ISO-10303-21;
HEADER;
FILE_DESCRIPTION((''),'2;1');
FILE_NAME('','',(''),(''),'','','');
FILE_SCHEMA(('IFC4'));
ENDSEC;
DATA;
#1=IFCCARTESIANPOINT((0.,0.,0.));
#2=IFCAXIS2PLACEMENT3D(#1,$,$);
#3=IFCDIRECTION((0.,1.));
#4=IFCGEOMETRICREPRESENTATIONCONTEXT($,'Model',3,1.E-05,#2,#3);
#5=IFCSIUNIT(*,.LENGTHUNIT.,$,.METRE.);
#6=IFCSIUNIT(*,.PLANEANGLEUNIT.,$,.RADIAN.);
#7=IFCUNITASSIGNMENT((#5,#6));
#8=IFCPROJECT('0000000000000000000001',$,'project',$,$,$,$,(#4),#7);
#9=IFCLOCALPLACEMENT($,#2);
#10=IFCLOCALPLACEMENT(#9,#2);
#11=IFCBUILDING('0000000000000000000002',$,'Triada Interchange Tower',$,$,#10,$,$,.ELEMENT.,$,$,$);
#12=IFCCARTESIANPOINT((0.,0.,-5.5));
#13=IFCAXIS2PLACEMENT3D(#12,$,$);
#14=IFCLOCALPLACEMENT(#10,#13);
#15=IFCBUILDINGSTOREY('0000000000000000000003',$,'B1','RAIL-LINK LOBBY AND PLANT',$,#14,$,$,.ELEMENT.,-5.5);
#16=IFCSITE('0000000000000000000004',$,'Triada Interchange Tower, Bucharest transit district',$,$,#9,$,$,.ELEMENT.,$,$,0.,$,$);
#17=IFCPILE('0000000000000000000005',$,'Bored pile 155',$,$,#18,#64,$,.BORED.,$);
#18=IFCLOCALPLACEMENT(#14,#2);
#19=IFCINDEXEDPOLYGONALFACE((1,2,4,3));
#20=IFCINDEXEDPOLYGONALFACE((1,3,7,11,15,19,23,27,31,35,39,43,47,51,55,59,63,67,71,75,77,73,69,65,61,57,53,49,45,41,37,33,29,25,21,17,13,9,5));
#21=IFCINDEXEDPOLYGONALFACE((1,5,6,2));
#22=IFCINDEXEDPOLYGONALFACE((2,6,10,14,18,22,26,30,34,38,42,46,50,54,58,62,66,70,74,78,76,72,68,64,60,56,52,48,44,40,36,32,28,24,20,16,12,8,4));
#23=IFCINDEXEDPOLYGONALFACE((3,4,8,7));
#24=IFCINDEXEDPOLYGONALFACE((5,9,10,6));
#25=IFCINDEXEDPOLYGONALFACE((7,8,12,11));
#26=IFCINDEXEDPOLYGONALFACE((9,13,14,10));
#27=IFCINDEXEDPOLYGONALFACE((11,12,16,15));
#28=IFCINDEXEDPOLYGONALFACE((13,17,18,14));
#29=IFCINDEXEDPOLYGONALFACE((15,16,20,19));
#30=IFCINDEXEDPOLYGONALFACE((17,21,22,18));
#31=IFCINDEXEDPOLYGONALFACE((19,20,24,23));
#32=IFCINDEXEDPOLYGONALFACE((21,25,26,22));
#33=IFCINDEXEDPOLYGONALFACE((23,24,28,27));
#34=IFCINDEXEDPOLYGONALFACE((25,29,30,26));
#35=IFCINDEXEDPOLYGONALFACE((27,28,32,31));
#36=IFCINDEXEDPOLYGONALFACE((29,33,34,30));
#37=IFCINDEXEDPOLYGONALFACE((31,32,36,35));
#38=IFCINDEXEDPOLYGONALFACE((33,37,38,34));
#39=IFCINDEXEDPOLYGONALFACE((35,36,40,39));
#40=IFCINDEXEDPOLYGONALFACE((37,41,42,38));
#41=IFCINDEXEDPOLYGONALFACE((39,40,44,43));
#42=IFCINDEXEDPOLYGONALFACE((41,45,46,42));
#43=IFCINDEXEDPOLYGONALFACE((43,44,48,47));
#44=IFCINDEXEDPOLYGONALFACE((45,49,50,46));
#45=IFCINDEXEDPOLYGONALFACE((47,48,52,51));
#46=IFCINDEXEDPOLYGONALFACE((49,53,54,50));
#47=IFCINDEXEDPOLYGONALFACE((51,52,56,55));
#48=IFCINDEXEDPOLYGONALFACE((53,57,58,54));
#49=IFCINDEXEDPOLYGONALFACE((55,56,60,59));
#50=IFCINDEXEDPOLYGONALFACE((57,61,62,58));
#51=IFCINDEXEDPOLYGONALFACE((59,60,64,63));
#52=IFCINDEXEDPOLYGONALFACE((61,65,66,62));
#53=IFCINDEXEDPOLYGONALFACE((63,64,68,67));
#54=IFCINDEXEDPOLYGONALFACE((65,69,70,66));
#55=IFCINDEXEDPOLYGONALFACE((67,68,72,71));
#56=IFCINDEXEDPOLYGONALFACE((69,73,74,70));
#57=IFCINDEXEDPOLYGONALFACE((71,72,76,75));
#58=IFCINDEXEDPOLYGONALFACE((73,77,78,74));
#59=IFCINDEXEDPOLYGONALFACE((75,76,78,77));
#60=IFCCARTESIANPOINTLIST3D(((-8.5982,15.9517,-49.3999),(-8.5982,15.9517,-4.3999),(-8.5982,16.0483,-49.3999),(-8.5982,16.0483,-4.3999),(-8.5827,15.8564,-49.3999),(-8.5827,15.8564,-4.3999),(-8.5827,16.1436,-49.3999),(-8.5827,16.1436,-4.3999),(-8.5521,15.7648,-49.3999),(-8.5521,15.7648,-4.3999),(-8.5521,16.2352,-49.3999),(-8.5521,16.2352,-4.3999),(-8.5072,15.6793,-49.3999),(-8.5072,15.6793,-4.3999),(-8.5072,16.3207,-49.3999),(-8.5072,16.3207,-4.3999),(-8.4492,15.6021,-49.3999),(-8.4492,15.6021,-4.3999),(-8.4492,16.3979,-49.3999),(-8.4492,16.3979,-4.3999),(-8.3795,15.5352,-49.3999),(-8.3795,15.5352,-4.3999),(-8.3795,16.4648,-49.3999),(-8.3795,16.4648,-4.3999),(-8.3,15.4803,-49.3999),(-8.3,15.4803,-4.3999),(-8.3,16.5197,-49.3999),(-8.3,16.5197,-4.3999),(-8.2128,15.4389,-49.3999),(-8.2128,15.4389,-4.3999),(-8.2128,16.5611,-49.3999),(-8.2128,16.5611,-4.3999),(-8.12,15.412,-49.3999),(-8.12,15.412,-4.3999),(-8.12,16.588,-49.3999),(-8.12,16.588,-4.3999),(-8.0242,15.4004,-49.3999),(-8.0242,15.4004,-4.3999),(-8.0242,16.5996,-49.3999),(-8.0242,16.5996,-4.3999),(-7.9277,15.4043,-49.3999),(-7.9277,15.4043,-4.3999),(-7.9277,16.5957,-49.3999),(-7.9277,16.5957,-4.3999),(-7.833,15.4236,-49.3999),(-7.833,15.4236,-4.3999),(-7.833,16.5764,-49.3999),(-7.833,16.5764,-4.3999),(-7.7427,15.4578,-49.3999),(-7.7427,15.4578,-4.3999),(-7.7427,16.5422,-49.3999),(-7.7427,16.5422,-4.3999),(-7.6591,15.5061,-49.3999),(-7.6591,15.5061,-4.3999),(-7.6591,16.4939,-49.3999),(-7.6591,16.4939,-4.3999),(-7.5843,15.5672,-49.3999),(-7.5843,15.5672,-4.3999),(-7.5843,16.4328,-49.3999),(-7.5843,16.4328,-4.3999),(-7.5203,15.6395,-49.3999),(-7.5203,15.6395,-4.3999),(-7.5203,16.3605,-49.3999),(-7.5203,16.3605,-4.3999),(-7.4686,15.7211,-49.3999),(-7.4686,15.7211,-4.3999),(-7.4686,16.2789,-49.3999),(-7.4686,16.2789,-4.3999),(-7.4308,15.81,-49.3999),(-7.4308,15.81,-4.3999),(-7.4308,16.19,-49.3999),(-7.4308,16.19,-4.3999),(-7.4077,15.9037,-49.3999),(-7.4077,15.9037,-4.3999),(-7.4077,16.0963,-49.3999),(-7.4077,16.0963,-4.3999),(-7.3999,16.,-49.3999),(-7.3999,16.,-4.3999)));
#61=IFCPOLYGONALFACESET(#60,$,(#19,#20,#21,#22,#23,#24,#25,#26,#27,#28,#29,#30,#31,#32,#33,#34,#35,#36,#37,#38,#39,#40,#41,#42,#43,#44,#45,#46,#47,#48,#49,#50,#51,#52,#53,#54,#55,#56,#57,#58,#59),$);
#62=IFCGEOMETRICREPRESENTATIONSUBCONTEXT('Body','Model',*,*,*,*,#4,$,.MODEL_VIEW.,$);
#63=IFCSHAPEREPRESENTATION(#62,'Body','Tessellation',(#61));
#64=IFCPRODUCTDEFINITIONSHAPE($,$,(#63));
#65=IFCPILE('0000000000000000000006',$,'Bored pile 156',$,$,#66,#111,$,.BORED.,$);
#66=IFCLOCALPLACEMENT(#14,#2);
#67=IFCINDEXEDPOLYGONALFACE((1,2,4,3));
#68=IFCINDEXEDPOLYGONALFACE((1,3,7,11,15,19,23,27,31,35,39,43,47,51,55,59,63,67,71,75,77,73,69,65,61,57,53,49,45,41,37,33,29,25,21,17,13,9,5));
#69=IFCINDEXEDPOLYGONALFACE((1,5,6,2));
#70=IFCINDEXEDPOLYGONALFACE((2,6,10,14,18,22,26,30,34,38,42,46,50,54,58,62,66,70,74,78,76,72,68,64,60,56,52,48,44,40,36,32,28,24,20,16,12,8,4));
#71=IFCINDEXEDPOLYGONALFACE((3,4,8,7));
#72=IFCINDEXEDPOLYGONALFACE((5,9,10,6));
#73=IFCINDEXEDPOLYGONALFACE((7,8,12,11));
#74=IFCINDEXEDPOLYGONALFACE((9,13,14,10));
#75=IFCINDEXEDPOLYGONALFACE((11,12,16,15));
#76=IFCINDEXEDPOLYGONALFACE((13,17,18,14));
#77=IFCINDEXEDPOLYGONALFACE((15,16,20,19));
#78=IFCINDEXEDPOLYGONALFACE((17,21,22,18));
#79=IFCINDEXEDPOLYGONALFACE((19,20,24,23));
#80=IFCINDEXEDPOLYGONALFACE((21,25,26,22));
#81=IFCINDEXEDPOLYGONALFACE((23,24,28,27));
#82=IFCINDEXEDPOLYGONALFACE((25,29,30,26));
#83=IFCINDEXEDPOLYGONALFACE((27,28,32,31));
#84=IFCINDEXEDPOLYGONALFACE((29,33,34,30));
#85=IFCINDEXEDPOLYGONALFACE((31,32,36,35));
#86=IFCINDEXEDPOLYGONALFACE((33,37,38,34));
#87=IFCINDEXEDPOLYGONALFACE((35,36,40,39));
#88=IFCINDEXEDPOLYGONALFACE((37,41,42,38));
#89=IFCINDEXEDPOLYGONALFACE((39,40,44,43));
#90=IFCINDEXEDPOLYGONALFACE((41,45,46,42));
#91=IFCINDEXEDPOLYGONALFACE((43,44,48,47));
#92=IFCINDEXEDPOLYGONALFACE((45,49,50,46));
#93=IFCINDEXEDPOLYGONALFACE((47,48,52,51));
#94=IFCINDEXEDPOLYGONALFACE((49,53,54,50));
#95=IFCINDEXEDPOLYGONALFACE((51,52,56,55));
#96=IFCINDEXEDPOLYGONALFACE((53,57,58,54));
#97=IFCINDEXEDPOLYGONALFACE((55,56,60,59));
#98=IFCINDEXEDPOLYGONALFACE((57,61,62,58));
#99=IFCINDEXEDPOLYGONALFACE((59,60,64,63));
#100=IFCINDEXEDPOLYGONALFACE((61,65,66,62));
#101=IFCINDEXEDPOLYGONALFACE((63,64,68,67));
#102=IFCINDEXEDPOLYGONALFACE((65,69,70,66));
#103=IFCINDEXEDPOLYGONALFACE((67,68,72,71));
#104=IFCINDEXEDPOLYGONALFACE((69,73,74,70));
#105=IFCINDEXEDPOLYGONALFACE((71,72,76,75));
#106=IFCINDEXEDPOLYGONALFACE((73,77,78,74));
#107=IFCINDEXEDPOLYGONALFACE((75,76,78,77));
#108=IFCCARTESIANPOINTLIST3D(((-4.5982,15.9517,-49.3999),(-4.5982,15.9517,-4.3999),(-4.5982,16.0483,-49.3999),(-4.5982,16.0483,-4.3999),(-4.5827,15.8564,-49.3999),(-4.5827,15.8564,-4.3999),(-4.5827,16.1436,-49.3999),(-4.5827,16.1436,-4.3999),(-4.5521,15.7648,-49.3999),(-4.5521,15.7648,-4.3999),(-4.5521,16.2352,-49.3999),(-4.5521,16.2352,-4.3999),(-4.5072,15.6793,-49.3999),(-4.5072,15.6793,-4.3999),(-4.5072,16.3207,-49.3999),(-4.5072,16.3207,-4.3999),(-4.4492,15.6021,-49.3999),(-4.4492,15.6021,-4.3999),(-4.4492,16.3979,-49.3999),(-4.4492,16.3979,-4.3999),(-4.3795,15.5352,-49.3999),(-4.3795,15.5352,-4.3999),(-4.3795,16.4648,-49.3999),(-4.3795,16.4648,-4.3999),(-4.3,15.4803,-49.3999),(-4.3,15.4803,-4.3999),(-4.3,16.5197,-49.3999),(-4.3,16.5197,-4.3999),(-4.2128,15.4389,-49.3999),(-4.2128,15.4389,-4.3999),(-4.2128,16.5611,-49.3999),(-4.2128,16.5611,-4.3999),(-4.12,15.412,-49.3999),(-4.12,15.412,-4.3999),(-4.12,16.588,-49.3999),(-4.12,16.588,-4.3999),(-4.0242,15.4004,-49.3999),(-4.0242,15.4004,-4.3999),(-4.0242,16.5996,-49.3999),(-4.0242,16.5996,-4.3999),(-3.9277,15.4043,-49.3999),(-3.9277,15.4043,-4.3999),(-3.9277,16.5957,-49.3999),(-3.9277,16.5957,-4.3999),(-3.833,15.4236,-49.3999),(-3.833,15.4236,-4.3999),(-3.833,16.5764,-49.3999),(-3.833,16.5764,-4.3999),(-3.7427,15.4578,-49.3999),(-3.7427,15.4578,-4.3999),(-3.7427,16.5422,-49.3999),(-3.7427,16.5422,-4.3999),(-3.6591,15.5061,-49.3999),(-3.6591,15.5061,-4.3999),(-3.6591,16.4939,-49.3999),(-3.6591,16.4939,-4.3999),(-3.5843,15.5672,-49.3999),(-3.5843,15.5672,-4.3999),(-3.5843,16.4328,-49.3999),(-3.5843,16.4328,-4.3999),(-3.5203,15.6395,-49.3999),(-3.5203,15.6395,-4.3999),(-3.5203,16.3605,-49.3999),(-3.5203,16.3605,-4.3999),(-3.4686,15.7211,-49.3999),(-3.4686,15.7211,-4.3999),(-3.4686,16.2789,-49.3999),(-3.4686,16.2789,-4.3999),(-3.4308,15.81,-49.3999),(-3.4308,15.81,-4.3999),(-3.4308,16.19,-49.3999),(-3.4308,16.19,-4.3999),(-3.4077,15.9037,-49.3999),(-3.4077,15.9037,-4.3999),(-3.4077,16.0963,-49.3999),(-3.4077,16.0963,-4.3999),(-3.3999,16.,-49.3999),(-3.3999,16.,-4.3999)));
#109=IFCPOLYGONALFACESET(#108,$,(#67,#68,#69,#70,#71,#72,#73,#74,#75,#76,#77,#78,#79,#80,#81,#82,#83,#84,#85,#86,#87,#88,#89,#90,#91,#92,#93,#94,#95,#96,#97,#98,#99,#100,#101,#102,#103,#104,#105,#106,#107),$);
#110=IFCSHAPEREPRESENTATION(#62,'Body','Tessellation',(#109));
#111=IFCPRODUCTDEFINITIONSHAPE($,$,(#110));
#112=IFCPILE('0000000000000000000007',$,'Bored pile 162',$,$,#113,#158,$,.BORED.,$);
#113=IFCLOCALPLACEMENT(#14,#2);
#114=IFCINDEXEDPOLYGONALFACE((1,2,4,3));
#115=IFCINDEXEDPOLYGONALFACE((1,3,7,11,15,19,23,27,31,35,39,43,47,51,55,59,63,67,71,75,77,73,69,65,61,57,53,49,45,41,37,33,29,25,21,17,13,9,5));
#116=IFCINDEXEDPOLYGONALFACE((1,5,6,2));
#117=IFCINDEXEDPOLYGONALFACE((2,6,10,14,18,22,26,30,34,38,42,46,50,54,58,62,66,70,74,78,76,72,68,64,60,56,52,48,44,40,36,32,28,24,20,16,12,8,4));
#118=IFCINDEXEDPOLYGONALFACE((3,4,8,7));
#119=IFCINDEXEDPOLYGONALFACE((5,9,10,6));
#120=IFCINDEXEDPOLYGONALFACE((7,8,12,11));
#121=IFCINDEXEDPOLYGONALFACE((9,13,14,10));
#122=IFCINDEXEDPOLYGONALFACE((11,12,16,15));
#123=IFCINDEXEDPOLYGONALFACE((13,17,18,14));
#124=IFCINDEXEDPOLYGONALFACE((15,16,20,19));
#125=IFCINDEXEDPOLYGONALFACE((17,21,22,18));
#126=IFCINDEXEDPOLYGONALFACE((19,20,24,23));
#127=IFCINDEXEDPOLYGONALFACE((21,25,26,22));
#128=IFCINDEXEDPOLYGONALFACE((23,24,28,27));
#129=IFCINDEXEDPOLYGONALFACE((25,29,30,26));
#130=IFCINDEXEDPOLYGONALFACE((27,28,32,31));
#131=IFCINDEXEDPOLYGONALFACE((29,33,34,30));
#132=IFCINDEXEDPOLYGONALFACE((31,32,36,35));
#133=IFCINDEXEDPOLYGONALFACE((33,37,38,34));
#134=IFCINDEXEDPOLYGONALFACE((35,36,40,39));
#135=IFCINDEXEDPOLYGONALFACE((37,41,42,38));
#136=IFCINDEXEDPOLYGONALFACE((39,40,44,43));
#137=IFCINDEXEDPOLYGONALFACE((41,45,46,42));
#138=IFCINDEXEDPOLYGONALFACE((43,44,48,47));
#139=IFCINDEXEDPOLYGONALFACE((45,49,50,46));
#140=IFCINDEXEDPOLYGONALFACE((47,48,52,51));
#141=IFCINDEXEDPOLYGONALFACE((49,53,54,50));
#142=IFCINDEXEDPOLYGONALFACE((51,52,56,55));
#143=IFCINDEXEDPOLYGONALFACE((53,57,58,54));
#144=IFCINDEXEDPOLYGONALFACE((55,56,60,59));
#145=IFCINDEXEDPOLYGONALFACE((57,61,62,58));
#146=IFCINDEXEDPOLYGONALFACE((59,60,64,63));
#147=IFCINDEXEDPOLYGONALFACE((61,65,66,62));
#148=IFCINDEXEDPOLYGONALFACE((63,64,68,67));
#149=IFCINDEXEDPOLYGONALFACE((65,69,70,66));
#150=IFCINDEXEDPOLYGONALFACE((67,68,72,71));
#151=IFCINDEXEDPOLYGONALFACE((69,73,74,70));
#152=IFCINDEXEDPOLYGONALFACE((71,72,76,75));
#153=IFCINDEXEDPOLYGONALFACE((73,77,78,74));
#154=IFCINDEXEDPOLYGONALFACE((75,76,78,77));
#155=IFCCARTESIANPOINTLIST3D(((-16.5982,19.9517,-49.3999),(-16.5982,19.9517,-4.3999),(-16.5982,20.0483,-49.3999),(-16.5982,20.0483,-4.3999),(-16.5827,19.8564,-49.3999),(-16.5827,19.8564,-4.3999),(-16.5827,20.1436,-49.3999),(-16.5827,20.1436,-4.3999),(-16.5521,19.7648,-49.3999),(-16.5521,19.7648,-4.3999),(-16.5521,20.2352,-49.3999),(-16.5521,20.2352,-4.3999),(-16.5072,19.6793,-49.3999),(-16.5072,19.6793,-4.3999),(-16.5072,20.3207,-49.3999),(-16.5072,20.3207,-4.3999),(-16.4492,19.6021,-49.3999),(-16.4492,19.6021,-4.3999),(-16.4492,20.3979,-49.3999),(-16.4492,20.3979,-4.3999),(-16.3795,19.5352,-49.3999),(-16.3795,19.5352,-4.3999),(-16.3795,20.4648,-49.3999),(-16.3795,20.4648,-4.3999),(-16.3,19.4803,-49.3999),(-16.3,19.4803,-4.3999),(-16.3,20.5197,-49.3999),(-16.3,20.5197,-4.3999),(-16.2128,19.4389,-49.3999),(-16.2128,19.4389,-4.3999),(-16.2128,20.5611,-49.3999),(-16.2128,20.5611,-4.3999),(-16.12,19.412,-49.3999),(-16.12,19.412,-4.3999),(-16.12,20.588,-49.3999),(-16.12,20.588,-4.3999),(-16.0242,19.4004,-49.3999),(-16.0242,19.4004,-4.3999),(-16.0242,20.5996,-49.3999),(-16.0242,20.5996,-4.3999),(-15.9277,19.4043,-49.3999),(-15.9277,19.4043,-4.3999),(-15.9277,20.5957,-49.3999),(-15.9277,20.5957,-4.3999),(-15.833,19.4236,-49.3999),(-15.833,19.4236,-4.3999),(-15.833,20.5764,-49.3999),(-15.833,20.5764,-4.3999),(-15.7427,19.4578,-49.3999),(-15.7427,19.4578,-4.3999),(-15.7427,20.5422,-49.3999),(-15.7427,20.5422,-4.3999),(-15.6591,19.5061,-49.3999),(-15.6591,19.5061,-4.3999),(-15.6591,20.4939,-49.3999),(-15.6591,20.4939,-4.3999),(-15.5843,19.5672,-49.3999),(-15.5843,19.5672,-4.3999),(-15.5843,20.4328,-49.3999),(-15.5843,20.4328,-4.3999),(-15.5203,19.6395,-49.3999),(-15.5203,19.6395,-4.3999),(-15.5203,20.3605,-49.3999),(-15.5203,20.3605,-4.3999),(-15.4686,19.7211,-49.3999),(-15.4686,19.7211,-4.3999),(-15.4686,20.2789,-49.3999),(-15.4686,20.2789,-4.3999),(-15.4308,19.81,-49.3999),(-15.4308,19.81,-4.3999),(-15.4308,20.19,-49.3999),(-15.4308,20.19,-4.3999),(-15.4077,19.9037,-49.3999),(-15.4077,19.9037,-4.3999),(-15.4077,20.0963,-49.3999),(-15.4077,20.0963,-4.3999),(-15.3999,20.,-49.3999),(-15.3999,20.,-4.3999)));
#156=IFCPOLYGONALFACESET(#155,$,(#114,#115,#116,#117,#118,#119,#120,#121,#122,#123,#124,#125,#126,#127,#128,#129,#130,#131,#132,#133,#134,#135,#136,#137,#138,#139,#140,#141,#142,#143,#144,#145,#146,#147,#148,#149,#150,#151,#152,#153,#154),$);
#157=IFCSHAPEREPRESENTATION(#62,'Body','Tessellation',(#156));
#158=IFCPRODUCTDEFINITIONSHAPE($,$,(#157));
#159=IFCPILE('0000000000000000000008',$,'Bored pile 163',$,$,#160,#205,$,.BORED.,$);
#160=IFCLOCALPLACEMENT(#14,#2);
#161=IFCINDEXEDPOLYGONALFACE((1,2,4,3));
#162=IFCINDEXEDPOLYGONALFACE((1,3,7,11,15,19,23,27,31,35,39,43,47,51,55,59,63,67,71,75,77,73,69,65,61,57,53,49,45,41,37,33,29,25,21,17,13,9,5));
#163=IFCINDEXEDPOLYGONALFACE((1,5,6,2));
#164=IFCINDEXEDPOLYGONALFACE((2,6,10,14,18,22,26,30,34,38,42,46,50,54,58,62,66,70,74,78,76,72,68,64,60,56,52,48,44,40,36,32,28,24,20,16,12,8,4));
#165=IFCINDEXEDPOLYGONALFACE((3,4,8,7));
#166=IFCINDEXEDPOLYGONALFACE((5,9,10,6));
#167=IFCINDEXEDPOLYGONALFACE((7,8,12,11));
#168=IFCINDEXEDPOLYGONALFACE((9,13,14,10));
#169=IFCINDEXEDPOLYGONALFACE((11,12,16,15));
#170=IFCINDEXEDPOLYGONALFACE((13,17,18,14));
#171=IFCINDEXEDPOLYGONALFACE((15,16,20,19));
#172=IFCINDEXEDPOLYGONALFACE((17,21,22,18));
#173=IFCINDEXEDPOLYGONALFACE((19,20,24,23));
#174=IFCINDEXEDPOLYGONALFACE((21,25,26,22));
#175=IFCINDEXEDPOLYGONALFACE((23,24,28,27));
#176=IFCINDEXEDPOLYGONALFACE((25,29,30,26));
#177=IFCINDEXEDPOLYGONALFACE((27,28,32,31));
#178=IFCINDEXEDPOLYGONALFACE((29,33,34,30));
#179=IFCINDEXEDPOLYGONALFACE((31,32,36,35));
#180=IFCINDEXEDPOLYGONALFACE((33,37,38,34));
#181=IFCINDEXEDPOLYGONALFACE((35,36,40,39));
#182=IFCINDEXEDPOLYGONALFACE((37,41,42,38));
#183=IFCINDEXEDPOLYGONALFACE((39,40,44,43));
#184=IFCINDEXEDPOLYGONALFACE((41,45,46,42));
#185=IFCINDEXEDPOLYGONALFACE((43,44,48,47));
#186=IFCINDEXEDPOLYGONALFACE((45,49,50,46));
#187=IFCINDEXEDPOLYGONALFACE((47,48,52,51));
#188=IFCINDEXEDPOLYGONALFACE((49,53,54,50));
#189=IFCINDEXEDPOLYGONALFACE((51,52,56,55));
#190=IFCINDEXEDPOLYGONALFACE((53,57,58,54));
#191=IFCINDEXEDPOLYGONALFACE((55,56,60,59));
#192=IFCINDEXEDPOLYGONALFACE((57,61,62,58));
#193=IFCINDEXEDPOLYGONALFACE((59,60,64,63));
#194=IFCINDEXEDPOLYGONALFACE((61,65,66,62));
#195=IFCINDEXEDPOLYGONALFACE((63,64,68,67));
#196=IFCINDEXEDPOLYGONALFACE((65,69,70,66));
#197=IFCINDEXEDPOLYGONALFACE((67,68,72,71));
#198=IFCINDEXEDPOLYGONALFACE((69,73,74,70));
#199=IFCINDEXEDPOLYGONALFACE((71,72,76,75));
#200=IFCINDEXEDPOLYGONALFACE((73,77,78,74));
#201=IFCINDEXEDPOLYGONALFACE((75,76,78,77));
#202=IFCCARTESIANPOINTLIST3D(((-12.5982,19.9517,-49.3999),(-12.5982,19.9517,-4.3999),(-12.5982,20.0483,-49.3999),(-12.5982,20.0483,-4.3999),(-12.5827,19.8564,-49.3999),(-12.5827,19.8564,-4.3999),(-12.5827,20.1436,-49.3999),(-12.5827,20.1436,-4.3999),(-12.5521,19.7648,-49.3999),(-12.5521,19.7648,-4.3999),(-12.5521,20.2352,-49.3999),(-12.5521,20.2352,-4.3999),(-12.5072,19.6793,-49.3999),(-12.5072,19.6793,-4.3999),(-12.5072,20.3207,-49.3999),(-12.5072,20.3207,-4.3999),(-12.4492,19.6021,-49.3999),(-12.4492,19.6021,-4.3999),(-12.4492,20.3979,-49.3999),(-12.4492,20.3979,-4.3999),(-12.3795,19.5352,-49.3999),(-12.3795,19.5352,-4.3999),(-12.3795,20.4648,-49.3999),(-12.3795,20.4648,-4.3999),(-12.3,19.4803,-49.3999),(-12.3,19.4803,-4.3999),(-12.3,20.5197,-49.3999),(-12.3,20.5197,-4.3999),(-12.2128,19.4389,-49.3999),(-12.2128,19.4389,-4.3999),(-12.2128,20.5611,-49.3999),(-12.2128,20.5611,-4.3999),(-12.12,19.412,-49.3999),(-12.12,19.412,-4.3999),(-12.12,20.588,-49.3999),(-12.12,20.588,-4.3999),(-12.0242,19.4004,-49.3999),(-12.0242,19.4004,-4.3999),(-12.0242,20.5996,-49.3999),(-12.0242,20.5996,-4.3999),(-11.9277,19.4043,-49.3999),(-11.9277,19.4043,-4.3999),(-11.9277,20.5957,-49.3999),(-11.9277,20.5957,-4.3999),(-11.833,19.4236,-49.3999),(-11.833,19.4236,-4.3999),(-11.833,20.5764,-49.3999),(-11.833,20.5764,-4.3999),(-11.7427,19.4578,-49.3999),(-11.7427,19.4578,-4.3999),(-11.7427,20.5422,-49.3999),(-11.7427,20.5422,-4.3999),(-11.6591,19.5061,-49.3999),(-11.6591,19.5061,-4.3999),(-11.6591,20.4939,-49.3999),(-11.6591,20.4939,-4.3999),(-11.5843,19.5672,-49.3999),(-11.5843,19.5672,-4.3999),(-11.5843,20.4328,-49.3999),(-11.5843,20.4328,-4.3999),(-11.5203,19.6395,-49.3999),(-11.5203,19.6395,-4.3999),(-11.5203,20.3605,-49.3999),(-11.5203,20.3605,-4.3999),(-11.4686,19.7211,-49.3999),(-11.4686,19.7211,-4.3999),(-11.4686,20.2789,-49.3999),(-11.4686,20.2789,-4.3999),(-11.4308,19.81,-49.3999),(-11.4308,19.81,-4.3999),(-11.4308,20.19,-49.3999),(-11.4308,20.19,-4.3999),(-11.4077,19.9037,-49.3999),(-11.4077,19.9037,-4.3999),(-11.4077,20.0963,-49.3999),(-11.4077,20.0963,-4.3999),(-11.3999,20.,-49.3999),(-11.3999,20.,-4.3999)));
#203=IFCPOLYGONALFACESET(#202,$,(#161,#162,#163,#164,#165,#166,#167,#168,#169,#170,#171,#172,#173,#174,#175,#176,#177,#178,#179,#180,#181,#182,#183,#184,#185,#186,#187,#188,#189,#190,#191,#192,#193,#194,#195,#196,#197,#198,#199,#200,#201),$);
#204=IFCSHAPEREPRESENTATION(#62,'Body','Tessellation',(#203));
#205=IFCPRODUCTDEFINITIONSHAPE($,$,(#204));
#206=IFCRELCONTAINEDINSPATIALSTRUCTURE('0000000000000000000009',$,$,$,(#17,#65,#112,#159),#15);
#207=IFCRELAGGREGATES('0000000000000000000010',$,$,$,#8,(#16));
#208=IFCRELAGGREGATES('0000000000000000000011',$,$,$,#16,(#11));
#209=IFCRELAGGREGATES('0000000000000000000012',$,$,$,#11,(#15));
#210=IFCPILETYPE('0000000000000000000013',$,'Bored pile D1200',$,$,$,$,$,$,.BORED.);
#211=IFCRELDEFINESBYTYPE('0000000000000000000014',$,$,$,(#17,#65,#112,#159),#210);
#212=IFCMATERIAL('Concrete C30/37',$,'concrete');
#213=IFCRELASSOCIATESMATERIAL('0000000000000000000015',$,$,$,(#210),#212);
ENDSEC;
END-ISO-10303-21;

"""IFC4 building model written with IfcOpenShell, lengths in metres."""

from ifc_helpers import new_model, si_unit, direction, frame, origin, origin_2d, place, context, subcontext, project, spatial, circle, extrude, material, material_profile, profile_set, type_object, element, save


model = new_model("IFC4")

# Units and contexts
model_context = context("Model", 3, precision=1e-05, world=origin(), true_north=direction((0.0, 1.0)))
body_context = subcontext(model_context, "Body", "Model", "MODEL_VIEW")
ifc_project = project(units=[si_unit("LENGTHUNIT", "METRE"), si_unit("PLANEANGLEUNIT", "RADIAN")], contexts=[model_context])

# Site, building, storey
site_placement = place(None, origin())
site = spatial("IfcSite", under=ifc_project, at=site_placement, Name="Triada Interchange Tower, Bucharest transit district", CompositionType="ELEMENT", RefElevation=0.0)
building_placement = place(site_placement, origin())
building = spatial("IfcBuilding", under=site, at=building_placement, Name="Triada Interchange Tower", CompositionType="ELEMENT")
storey_placement = place(building_placement, frame((0.0, 0.0, -5.5)))
storey = spatial("IfcBuildingStorey", under=building, at=storey_placement, Name="B1", Description="RAIL-LINK LOBBY AND PLANT", CompositionType="ELEMENT", Elevation=-5.5)

# Piles
ifc_material_1 = material(Name="Concrete C30/37", Category="concrete")
ifc_material_profile_1 = material_profile(ifc_material_1, circle(Radius=0.6001, at=origin_2d()), Name="RC D1200")
ifc_profile_set_1 = profile_set([ifc_material_profile_1], Name="Concrete C30/37")
pile_type = type_object("IfcPileType", Name="Bored pile D1200", PredefinedType="BORED", material=ifc_profile_set_1)
for number, where, z_axis, x_axis, name in (
    (1, (-8.0, 16.0, -4.3999), (0.0, 0.0, -1.0), (1.0, 0.0, 0.0), "Bored pile 155"),
    (2, (-4.0, 16.0, -4.3999), (0.0, 0.0, -1.0), (1.0, 0.0, 0.0), "Bored pile 156"),
    (3, (-16.0, 20.0, -4.3999), (0.0, 0.0, -1.0), (1.0, 0.0, 0.0), "Bored pile 162"),
    (4, (-12.0, 20.0, -4.3999), (0.0, 0.0, -1.0), (1.0, 0.0, 0.0), "Bored pile 163"),
):
    element("IfcPile", number, at=place(storey_placement, frame(where, z_axis=z_axis, x_axis=x_axis)), inside=storey, type_object=pile_type, Name=name, PredefinedType="BORED", context=body_context, shape_type="SweptSolid", body=[
        extrude(circle(Radius=0.6001, at=origin_2d()), origin(), (0.0, 0.0, 1.0), 45.0),
    ])

save(model, "model.ifc")
